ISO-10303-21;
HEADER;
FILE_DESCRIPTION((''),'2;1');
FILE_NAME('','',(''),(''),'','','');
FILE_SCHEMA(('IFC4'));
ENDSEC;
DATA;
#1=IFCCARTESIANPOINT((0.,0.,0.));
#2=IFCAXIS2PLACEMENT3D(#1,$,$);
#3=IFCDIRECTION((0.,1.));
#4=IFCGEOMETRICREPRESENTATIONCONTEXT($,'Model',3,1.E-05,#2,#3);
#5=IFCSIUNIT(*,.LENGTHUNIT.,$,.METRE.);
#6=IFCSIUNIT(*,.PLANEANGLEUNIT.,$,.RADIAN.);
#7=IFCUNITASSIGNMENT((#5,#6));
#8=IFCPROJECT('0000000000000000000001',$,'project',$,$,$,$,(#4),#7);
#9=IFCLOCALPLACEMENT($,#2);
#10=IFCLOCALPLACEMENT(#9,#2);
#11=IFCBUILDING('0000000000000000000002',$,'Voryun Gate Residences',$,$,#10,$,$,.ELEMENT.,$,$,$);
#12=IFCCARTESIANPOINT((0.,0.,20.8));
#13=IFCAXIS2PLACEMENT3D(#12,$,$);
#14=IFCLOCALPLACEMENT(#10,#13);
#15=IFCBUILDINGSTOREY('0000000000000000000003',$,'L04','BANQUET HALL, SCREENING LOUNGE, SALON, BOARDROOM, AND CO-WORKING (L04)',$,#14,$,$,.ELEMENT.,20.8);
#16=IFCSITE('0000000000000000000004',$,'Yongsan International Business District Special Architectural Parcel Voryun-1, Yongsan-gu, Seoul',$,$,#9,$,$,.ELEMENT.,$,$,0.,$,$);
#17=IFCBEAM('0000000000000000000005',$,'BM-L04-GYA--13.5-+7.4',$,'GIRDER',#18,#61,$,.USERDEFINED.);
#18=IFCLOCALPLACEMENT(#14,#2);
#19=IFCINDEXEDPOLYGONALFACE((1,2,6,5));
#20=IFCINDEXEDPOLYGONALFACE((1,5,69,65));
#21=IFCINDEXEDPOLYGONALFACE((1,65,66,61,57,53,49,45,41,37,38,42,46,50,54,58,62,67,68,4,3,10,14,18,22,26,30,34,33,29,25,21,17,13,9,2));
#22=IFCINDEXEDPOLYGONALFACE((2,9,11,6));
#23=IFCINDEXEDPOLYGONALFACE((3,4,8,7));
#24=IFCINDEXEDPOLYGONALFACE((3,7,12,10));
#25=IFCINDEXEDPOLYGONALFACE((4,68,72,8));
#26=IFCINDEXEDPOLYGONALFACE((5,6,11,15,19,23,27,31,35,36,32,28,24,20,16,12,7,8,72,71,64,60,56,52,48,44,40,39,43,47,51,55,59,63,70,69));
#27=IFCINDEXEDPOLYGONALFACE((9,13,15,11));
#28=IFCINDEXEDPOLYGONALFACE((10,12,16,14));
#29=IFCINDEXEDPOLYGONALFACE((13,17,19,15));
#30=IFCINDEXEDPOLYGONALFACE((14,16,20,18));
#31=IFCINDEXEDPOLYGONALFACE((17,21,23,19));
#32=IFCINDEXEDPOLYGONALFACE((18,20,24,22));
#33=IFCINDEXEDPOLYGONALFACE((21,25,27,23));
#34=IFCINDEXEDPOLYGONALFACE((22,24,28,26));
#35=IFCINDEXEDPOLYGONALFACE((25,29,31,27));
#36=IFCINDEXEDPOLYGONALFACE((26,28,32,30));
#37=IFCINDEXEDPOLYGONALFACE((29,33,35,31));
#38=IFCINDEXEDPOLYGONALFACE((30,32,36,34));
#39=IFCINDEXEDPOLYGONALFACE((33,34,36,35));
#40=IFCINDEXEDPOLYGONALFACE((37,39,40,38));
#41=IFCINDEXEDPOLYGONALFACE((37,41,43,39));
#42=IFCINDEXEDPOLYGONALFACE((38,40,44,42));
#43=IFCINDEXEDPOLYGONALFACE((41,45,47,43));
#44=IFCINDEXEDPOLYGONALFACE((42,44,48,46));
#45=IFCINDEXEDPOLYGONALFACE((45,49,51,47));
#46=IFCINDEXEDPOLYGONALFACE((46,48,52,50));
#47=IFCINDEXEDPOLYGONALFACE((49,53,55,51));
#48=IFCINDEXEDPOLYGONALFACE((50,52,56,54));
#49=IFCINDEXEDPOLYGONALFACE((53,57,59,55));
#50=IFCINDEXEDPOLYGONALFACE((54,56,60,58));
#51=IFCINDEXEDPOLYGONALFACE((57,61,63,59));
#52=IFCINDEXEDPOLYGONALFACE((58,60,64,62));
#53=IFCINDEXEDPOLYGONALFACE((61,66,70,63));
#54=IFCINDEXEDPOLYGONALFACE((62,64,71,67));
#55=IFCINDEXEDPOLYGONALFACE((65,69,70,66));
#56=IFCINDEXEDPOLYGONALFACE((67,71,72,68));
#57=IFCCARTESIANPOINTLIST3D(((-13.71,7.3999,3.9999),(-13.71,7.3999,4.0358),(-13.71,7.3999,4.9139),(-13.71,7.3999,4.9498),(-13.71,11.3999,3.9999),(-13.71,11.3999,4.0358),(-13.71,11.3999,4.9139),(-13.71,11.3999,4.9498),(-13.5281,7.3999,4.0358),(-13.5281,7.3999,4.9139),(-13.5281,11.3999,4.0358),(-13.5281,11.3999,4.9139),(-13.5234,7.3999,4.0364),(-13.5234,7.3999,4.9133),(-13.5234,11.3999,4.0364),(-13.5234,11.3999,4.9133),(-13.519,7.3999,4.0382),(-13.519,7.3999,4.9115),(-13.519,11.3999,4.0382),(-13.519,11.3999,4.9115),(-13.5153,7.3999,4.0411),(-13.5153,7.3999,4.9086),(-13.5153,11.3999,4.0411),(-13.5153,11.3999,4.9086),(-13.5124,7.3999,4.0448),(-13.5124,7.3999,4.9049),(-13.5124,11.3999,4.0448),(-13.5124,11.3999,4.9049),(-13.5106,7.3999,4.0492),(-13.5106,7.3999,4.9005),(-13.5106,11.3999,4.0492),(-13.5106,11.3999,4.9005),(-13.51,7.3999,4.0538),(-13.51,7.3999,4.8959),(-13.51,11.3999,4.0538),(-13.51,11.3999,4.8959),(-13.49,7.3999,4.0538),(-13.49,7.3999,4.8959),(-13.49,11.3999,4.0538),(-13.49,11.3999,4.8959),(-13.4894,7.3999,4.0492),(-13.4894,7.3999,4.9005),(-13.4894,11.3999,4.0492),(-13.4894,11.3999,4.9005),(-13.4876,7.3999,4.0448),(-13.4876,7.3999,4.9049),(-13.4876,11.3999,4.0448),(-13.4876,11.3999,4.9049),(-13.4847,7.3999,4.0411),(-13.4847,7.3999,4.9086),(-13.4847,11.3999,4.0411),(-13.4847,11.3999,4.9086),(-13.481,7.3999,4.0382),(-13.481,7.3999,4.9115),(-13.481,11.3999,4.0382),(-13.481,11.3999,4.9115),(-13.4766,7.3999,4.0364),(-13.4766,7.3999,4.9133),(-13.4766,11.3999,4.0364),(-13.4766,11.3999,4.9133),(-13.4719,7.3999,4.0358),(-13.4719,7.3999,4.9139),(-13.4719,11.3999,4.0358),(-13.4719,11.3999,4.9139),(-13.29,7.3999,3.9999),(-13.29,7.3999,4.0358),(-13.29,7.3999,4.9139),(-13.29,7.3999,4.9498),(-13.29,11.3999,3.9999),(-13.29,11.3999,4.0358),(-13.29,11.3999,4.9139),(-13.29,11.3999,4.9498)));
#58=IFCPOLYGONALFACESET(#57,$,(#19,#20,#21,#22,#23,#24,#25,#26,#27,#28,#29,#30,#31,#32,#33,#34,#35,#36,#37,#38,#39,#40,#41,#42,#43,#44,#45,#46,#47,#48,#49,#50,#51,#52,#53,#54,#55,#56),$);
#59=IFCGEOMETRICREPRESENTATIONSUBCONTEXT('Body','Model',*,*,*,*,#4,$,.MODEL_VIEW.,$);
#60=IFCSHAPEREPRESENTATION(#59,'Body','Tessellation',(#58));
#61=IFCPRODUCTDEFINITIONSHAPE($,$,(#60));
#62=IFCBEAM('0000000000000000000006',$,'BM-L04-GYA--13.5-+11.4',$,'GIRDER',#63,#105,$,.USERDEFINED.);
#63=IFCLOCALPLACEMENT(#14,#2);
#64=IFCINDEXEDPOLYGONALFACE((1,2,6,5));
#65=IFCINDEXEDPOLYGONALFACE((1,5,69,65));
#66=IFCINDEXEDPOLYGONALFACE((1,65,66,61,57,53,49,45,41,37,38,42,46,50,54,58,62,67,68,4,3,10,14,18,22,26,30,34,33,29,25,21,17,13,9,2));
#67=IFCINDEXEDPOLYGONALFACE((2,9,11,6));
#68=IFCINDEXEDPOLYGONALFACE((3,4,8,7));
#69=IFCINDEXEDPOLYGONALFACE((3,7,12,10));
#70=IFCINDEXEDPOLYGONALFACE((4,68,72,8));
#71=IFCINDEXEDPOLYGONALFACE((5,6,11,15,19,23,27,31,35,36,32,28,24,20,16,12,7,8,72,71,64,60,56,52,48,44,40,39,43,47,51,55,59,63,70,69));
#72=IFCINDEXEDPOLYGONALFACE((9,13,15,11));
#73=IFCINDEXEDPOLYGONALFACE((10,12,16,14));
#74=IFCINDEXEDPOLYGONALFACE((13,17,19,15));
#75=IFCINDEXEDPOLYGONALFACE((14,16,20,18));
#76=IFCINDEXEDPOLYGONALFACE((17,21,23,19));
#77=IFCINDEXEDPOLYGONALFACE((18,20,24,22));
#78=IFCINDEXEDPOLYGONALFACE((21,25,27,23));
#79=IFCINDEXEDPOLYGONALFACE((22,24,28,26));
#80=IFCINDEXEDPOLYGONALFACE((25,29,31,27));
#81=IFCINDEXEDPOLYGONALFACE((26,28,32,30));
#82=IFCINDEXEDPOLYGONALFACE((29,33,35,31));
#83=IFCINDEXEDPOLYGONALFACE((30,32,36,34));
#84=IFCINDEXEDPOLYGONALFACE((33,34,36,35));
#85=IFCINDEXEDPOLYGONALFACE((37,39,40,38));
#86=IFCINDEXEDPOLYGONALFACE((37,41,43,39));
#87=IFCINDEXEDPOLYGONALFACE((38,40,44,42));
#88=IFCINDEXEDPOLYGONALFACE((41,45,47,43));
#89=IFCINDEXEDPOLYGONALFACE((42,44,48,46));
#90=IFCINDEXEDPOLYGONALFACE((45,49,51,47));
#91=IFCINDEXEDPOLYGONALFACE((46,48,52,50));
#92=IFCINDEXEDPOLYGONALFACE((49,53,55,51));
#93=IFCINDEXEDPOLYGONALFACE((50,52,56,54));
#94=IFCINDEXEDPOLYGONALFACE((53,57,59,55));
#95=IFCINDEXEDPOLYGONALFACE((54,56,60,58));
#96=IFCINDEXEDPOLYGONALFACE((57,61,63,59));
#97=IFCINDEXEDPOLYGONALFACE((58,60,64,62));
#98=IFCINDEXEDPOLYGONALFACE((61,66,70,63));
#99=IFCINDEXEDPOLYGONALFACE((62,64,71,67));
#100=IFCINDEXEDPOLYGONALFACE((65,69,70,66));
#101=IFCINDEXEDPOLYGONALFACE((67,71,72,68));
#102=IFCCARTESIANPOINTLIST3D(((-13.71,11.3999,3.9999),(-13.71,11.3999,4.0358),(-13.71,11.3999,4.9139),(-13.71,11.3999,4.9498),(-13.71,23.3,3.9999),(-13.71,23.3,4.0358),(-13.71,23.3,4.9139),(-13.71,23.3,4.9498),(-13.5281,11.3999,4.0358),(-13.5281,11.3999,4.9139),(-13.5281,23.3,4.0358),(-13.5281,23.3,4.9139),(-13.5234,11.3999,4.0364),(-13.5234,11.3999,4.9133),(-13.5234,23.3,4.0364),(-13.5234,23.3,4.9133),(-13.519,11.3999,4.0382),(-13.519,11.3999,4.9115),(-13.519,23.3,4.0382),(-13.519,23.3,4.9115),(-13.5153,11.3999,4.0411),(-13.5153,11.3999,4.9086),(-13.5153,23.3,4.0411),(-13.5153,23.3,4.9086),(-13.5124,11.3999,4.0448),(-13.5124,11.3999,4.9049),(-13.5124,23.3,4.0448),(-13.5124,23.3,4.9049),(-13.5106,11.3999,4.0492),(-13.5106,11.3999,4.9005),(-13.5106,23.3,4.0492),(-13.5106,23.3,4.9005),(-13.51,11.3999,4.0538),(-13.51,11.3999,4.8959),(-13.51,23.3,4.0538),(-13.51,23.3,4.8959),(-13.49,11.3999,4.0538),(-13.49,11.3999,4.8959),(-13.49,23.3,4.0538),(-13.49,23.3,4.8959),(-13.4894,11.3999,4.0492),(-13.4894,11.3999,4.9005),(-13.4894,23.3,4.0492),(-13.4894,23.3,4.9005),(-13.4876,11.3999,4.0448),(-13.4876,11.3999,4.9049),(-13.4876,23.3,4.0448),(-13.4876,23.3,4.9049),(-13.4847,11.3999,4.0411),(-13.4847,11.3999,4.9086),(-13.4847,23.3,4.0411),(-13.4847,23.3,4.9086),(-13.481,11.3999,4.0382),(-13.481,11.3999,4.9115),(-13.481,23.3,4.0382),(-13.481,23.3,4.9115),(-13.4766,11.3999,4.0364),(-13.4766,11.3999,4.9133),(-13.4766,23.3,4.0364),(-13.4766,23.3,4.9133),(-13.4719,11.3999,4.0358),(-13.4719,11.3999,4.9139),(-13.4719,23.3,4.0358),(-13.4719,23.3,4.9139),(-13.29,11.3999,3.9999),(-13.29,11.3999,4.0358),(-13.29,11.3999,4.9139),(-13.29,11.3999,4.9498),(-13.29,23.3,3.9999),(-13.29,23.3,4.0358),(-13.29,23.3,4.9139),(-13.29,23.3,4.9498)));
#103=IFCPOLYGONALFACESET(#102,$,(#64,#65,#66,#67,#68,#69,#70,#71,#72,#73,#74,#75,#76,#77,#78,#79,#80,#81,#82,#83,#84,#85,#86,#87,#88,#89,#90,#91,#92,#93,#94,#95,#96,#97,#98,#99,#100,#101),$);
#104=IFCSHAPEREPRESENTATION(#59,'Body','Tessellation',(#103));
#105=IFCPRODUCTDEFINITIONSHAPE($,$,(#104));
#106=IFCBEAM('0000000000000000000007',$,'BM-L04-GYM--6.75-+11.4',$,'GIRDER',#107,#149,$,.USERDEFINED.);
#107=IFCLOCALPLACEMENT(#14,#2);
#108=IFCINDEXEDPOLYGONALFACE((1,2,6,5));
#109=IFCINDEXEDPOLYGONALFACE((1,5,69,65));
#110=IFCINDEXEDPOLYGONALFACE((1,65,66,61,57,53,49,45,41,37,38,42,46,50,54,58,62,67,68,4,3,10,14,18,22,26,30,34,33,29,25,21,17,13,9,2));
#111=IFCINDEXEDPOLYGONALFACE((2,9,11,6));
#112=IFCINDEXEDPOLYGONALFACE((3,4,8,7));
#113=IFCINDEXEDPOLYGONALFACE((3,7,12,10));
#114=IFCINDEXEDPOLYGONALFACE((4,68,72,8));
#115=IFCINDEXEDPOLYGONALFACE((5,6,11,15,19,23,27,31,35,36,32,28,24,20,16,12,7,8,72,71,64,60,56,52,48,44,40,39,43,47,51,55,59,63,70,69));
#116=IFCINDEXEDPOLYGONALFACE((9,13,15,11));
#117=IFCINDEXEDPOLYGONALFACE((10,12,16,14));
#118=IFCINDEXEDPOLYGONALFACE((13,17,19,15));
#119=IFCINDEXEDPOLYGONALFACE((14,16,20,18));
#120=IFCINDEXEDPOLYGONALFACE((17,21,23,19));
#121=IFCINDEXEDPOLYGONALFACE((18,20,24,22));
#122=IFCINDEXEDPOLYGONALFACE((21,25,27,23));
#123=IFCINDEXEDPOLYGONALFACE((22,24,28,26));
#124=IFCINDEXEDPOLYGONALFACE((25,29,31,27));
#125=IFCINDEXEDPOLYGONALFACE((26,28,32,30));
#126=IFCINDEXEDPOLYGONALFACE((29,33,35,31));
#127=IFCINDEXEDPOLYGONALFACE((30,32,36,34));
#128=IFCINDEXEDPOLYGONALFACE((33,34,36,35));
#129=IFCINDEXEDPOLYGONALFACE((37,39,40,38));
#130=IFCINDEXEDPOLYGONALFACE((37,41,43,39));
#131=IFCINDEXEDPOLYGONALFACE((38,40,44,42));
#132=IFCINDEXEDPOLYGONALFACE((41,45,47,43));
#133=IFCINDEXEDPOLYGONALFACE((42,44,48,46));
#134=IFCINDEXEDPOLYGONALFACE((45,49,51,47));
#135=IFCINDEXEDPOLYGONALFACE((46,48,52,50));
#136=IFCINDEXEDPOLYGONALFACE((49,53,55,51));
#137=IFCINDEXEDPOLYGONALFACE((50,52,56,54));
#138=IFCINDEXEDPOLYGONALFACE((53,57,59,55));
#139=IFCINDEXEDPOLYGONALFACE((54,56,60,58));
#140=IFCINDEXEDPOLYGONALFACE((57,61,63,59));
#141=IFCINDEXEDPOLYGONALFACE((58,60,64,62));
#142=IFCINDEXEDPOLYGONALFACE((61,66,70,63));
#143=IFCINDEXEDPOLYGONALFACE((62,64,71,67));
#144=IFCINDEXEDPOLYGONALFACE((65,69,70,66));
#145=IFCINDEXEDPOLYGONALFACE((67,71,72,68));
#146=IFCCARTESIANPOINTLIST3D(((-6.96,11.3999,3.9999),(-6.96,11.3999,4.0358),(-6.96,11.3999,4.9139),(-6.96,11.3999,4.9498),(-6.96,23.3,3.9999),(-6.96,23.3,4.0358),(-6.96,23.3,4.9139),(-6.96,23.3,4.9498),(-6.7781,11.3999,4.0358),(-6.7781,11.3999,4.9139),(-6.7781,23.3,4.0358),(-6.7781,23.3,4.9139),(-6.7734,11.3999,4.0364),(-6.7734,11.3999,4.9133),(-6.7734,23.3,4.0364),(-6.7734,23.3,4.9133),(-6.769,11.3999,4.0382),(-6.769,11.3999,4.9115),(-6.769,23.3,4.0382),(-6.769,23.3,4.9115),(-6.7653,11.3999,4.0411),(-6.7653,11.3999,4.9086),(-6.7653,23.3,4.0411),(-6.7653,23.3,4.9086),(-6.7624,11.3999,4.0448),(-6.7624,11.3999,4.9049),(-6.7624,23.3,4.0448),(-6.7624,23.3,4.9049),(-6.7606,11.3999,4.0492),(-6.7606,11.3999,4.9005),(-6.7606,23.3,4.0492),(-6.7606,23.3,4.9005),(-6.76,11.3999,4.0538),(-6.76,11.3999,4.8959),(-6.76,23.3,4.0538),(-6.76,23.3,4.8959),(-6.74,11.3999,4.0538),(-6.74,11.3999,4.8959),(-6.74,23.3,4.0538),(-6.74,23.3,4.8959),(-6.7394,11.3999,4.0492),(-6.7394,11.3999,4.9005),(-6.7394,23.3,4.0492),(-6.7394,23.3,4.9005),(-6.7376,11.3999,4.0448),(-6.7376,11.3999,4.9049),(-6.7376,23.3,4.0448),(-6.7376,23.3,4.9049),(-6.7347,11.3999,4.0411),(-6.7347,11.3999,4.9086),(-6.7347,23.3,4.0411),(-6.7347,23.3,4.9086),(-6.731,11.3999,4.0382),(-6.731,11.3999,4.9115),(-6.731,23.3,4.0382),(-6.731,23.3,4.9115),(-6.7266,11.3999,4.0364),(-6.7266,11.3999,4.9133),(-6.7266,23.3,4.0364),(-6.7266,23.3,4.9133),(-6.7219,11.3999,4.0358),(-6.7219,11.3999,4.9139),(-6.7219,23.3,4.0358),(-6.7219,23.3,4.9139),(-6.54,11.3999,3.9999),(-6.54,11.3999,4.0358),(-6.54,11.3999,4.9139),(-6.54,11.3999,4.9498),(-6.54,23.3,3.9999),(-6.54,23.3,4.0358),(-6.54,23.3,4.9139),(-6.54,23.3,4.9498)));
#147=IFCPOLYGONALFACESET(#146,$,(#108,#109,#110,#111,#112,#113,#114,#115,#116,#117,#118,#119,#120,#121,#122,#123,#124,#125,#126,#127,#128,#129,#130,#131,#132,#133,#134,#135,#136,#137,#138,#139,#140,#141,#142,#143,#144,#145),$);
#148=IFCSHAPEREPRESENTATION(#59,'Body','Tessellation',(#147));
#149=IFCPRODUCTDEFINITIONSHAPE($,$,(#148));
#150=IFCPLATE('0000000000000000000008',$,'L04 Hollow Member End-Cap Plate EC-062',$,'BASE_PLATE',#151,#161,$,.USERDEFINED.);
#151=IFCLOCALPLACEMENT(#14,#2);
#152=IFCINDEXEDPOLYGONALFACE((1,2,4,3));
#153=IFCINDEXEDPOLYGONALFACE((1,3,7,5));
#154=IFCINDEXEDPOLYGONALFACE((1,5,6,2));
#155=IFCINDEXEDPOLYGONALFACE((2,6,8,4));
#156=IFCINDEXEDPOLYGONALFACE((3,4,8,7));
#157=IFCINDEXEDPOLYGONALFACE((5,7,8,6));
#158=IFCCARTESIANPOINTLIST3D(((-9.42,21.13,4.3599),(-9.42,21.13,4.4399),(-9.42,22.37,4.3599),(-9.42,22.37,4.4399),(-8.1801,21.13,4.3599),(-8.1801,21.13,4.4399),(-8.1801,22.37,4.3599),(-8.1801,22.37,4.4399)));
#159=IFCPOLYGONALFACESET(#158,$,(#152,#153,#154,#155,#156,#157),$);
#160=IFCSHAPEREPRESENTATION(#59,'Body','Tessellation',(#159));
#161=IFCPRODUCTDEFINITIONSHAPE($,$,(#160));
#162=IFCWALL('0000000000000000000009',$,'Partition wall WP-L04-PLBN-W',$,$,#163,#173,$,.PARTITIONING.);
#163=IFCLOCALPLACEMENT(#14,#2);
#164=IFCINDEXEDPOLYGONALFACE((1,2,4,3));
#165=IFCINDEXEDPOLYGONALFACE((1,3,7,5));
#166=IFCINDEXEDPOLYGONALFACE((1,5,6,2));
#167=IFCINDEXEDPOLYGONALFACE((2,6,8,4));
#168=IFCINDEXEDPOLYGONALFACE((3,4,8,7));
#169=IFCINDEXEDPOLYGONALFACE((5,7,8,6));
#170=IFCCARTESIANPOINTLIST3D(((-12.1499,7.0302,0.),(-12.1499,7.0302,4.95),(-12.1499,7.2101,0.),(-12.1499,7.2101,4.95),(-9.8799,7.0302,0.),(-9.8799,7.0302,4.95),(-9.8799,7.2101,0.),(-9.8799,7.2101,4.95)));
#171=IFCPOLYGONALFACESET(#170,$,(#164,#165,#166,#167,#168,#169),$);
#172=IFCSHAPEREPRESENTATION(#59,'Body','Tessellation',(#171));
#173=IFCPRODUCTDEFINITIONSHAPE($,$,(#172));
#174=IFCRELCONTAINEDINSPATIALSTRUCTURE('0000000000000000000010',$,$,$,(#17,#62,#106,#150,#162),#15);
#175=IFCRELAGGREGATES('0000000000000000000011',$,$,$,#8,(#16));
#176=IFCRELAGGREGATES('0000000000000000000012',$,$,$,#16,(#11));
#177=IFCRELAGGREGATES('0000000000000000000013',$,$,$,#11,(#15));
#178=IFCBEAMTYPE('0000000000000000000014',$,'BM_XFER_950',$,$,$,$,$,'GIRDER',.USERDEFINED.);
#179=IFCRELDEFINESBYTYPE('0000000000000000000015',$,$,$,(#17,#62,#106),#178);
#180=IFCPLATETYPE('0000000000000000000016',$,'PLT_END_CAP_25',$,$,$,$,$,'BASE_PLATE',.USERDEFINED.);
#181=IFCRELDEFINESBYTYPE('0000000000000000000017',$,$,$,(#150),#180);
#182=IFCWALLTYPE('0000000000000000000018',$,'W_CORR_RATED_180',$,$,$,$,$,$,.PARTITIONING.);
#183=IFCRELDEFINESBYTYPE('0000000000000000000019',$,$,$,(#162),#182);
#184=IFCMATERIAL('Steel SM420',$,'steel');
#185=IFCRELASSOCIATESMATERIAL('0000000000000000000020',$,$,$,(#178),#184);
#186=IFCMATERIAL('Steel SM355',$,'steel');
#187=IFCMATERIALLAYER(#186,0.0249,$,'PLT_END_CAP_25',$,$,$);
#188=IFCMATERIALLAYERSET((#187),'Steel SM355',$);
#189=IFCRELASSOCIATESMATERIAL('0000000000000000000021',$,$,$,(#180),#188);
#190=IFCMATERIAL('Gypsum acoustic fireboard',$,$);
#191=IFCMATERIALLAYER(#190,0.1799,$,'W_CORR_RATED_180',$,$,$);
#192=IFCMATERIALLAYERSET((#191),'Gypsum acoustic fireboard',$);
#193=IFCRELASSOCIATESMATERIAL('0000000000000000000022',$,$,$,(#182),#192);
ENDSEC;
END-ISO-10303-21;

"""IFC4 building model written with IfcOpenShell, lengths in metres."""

from ifc_helpers import new_model, si_unit, direction, frame, frame_2d, origin, origin_2d, place, context, subcontext, project, spatial, rectangle, i_section, extrude, material, layer, layer_set, material_profile, profile_set, type_object, element, save


model = new_model("IFC4")

# Units and contexts
model_context = context("Model", 3, precision=1e-05, world=origin(), true_north=direction((0.0, 1.0)))
body_context = subcontext(model_context, "Body", "Model", "MODEL_VIEW")
ifc_project = project(units=[si_unit("LENGTHUNIT", "METRE"), si_unit("PLANEANGLEUNIT", "RADIAN")], contexts=[model_context])

# Site, building, storey
site_placement = place(None, origin())
site = spatial("IfcSite", under=ifc_project, at=site_placement, Name="Yongsan International Business District Special Architectural Parcel Voryun-1, Yongsan-gu, Seoul", CompositionType="ELEMENT", RefElevation=0.0)
building_placement = place(site_placement, origin())
building = spatial("IfcBuilding", under=site, at=building_placement, Name="Voryun Gate Residences", CompositionType="ELEMENT")
storey_placement = place(building_placement, frame((0.0, 0.0, 20.8)))
storey = spatial("IfcBuildingStorey", under=building, at=storey_placement, Name="L04", Description="BANQUET HALL, SCREENING LOUNGE, SALON, BOARDROOM, AND CO-WORKING (L04)", CompositionType="ELEMENT", Elevation=20.8)

# Beams
ifc_material_1 = material(Name="Steel SM420", Category="steel")
ifc_material_profile_1 = material_profile(ifc_material_1, i_section(OverallWidth=0.4199, OverallDepth=0.95, WebThickness=0.02, FlangeThickness=0.0359, FilletRadius=0.0181, at=origin_2d()), Name="H-950x420x20x36")
ifc_profile_set_1 = profile_set([ifc_material_profile_1], Name="Steel SM420")
beam_type_1 = type_object("IfcBeamType", Name="BM_XFER_950", ElementType="GIRDER", PredefinedType="USERDEFINED", material=ifc_profile_set_1)
beam_1_placement = place(storey_placement, frame((-13.5, 7.3999, 4.4749), z_axis=(0.0, 1.0, 0.0), x_axis=(-1.0, 0.0, 0.0)))
element("IfcBeam", 1, at=beam_1_placement, inside=storey, type_object=beam_type_1, Name="BM-L04-GYA--13.5-+7.4", ObjectType="GIRDER", PredefinedType="USERDEFINED", context=body_context, shape_type="SweptSolid", body=[
    extrude(i_section(OverallWidth=0.4199, OverallDepth=0.95, WebThickness=0.02, FlangeThickness=0.0359, FilletRadius=0.0181, at=origin_2d()), origin(), (0.0, 0.0, 1.0), 4.0),
])
for number, where, z_axis, x_axis, name in (
    (2, (-13.5, 11.3999, 4.4749), (0.0, 1.0, 0.0), (-1.0, 0.0, 0.0), "BM-L04-GYA--13.5-+11.4"),
    (3, (-6.75, 11.3999, 4.4749), (0.0, 1.0, 0.0), (-1.0, 0.0, 0.0), "BM-L04-GYM--6.75-+11.4"),
):
    element("IfcBeam", number, at=place(storey_placement, frame(where, z_axis=z_axis, x_axis=x_axis)), inside=storey, type_object=beam_type_1, Name=name, ObjectType="GIRDER", PredefinedType="USERDEFINED", context=body_context, shape_type="SweptSolid", body=[
        extrude(i_section(OverallWidth=0.4199, OverallDepth=0.95, WebThickness=0.02, FlangeThickness=0.0359, FilletRadius=0.0181, at=origin_2d()), origin(), (0.0, 0.0, 1.0), 11.9001),
    ])

# Plate
ifc_material_2 = material(Name="Steel SM355", Category="steel")
ifc_layer_1 = layer(ifc_material_2, 0.0249, Name="PLT_END_CAP_25")
ifc_layer_set_1 = layer_set([ifc_layer_1], Name="Steel SM355")
plate_type = type_object("IfcPlateType", Name="PLT_END_CAP_25", ElementType="BASE_PLATE", PredefinedType="USERDEFINED", material=ifc_layer_set_1)
plate_placement = place(storey_placement, frame((-8.8, 21.75, 4.3599), z_axis=(0.0, 0.0, 1.0), x_axis=(1.0, 0.0, 0.0)))
element("IfcPlate", 4, at=plate_placement, inside=storey, type_object=plate_type, Name="L04 Hollow Member End-Cap Plate EC-062", ObjectType="BASE_PLATE", PredefinedType="USERDEFINED", context=body_context, shape_type="SweptSolid", body=[
    extrude(rectangle(XDim=1.24, YDim=1.24, at=origin_2d()), origin(), (0.0, 0.0, 1.0), 0.0801),
])

# Wall
ifc_material_3 = material(Name="Gypsum acoustic fireboard")
ifc_layer_2 = layer(ifc_material_3, 0.1799, Name="W_CORR_RATED_180")
ifc_layer_set_2 = layer_set([ifc_layer_2], Name="Gypsum acoustic fireboard")
wall_type_1 = type_object("IfcWallType", Name="W_CORR_RATED_180", PredefinedType="PARTITIONING", material=ifc_layer_set_2)
wall_1_placement = place(storey_placement, frame((-12.1499, 7.1201, 0.0), z_axis=(0.0, 0.0, 1.0), x_axis=(1.0, 0.0, 0.0)))
element("IfcWall", 5, at=wall_1_placement, inside=storey, type_object=wall_type_1, Name="Partition wall WP-L04-PLBN-W", PredefinedType="PARTITIONING", context=body_context, shape_type="SweptSolid", body=[
    extrude(rectangle(XDim=2.27, YDim=0.1799, at=frame_2d((1.135, 0.0))), origin(), (0.0, 0.0, 1.0), 4.95),
])

save(model, "model.ifc")
